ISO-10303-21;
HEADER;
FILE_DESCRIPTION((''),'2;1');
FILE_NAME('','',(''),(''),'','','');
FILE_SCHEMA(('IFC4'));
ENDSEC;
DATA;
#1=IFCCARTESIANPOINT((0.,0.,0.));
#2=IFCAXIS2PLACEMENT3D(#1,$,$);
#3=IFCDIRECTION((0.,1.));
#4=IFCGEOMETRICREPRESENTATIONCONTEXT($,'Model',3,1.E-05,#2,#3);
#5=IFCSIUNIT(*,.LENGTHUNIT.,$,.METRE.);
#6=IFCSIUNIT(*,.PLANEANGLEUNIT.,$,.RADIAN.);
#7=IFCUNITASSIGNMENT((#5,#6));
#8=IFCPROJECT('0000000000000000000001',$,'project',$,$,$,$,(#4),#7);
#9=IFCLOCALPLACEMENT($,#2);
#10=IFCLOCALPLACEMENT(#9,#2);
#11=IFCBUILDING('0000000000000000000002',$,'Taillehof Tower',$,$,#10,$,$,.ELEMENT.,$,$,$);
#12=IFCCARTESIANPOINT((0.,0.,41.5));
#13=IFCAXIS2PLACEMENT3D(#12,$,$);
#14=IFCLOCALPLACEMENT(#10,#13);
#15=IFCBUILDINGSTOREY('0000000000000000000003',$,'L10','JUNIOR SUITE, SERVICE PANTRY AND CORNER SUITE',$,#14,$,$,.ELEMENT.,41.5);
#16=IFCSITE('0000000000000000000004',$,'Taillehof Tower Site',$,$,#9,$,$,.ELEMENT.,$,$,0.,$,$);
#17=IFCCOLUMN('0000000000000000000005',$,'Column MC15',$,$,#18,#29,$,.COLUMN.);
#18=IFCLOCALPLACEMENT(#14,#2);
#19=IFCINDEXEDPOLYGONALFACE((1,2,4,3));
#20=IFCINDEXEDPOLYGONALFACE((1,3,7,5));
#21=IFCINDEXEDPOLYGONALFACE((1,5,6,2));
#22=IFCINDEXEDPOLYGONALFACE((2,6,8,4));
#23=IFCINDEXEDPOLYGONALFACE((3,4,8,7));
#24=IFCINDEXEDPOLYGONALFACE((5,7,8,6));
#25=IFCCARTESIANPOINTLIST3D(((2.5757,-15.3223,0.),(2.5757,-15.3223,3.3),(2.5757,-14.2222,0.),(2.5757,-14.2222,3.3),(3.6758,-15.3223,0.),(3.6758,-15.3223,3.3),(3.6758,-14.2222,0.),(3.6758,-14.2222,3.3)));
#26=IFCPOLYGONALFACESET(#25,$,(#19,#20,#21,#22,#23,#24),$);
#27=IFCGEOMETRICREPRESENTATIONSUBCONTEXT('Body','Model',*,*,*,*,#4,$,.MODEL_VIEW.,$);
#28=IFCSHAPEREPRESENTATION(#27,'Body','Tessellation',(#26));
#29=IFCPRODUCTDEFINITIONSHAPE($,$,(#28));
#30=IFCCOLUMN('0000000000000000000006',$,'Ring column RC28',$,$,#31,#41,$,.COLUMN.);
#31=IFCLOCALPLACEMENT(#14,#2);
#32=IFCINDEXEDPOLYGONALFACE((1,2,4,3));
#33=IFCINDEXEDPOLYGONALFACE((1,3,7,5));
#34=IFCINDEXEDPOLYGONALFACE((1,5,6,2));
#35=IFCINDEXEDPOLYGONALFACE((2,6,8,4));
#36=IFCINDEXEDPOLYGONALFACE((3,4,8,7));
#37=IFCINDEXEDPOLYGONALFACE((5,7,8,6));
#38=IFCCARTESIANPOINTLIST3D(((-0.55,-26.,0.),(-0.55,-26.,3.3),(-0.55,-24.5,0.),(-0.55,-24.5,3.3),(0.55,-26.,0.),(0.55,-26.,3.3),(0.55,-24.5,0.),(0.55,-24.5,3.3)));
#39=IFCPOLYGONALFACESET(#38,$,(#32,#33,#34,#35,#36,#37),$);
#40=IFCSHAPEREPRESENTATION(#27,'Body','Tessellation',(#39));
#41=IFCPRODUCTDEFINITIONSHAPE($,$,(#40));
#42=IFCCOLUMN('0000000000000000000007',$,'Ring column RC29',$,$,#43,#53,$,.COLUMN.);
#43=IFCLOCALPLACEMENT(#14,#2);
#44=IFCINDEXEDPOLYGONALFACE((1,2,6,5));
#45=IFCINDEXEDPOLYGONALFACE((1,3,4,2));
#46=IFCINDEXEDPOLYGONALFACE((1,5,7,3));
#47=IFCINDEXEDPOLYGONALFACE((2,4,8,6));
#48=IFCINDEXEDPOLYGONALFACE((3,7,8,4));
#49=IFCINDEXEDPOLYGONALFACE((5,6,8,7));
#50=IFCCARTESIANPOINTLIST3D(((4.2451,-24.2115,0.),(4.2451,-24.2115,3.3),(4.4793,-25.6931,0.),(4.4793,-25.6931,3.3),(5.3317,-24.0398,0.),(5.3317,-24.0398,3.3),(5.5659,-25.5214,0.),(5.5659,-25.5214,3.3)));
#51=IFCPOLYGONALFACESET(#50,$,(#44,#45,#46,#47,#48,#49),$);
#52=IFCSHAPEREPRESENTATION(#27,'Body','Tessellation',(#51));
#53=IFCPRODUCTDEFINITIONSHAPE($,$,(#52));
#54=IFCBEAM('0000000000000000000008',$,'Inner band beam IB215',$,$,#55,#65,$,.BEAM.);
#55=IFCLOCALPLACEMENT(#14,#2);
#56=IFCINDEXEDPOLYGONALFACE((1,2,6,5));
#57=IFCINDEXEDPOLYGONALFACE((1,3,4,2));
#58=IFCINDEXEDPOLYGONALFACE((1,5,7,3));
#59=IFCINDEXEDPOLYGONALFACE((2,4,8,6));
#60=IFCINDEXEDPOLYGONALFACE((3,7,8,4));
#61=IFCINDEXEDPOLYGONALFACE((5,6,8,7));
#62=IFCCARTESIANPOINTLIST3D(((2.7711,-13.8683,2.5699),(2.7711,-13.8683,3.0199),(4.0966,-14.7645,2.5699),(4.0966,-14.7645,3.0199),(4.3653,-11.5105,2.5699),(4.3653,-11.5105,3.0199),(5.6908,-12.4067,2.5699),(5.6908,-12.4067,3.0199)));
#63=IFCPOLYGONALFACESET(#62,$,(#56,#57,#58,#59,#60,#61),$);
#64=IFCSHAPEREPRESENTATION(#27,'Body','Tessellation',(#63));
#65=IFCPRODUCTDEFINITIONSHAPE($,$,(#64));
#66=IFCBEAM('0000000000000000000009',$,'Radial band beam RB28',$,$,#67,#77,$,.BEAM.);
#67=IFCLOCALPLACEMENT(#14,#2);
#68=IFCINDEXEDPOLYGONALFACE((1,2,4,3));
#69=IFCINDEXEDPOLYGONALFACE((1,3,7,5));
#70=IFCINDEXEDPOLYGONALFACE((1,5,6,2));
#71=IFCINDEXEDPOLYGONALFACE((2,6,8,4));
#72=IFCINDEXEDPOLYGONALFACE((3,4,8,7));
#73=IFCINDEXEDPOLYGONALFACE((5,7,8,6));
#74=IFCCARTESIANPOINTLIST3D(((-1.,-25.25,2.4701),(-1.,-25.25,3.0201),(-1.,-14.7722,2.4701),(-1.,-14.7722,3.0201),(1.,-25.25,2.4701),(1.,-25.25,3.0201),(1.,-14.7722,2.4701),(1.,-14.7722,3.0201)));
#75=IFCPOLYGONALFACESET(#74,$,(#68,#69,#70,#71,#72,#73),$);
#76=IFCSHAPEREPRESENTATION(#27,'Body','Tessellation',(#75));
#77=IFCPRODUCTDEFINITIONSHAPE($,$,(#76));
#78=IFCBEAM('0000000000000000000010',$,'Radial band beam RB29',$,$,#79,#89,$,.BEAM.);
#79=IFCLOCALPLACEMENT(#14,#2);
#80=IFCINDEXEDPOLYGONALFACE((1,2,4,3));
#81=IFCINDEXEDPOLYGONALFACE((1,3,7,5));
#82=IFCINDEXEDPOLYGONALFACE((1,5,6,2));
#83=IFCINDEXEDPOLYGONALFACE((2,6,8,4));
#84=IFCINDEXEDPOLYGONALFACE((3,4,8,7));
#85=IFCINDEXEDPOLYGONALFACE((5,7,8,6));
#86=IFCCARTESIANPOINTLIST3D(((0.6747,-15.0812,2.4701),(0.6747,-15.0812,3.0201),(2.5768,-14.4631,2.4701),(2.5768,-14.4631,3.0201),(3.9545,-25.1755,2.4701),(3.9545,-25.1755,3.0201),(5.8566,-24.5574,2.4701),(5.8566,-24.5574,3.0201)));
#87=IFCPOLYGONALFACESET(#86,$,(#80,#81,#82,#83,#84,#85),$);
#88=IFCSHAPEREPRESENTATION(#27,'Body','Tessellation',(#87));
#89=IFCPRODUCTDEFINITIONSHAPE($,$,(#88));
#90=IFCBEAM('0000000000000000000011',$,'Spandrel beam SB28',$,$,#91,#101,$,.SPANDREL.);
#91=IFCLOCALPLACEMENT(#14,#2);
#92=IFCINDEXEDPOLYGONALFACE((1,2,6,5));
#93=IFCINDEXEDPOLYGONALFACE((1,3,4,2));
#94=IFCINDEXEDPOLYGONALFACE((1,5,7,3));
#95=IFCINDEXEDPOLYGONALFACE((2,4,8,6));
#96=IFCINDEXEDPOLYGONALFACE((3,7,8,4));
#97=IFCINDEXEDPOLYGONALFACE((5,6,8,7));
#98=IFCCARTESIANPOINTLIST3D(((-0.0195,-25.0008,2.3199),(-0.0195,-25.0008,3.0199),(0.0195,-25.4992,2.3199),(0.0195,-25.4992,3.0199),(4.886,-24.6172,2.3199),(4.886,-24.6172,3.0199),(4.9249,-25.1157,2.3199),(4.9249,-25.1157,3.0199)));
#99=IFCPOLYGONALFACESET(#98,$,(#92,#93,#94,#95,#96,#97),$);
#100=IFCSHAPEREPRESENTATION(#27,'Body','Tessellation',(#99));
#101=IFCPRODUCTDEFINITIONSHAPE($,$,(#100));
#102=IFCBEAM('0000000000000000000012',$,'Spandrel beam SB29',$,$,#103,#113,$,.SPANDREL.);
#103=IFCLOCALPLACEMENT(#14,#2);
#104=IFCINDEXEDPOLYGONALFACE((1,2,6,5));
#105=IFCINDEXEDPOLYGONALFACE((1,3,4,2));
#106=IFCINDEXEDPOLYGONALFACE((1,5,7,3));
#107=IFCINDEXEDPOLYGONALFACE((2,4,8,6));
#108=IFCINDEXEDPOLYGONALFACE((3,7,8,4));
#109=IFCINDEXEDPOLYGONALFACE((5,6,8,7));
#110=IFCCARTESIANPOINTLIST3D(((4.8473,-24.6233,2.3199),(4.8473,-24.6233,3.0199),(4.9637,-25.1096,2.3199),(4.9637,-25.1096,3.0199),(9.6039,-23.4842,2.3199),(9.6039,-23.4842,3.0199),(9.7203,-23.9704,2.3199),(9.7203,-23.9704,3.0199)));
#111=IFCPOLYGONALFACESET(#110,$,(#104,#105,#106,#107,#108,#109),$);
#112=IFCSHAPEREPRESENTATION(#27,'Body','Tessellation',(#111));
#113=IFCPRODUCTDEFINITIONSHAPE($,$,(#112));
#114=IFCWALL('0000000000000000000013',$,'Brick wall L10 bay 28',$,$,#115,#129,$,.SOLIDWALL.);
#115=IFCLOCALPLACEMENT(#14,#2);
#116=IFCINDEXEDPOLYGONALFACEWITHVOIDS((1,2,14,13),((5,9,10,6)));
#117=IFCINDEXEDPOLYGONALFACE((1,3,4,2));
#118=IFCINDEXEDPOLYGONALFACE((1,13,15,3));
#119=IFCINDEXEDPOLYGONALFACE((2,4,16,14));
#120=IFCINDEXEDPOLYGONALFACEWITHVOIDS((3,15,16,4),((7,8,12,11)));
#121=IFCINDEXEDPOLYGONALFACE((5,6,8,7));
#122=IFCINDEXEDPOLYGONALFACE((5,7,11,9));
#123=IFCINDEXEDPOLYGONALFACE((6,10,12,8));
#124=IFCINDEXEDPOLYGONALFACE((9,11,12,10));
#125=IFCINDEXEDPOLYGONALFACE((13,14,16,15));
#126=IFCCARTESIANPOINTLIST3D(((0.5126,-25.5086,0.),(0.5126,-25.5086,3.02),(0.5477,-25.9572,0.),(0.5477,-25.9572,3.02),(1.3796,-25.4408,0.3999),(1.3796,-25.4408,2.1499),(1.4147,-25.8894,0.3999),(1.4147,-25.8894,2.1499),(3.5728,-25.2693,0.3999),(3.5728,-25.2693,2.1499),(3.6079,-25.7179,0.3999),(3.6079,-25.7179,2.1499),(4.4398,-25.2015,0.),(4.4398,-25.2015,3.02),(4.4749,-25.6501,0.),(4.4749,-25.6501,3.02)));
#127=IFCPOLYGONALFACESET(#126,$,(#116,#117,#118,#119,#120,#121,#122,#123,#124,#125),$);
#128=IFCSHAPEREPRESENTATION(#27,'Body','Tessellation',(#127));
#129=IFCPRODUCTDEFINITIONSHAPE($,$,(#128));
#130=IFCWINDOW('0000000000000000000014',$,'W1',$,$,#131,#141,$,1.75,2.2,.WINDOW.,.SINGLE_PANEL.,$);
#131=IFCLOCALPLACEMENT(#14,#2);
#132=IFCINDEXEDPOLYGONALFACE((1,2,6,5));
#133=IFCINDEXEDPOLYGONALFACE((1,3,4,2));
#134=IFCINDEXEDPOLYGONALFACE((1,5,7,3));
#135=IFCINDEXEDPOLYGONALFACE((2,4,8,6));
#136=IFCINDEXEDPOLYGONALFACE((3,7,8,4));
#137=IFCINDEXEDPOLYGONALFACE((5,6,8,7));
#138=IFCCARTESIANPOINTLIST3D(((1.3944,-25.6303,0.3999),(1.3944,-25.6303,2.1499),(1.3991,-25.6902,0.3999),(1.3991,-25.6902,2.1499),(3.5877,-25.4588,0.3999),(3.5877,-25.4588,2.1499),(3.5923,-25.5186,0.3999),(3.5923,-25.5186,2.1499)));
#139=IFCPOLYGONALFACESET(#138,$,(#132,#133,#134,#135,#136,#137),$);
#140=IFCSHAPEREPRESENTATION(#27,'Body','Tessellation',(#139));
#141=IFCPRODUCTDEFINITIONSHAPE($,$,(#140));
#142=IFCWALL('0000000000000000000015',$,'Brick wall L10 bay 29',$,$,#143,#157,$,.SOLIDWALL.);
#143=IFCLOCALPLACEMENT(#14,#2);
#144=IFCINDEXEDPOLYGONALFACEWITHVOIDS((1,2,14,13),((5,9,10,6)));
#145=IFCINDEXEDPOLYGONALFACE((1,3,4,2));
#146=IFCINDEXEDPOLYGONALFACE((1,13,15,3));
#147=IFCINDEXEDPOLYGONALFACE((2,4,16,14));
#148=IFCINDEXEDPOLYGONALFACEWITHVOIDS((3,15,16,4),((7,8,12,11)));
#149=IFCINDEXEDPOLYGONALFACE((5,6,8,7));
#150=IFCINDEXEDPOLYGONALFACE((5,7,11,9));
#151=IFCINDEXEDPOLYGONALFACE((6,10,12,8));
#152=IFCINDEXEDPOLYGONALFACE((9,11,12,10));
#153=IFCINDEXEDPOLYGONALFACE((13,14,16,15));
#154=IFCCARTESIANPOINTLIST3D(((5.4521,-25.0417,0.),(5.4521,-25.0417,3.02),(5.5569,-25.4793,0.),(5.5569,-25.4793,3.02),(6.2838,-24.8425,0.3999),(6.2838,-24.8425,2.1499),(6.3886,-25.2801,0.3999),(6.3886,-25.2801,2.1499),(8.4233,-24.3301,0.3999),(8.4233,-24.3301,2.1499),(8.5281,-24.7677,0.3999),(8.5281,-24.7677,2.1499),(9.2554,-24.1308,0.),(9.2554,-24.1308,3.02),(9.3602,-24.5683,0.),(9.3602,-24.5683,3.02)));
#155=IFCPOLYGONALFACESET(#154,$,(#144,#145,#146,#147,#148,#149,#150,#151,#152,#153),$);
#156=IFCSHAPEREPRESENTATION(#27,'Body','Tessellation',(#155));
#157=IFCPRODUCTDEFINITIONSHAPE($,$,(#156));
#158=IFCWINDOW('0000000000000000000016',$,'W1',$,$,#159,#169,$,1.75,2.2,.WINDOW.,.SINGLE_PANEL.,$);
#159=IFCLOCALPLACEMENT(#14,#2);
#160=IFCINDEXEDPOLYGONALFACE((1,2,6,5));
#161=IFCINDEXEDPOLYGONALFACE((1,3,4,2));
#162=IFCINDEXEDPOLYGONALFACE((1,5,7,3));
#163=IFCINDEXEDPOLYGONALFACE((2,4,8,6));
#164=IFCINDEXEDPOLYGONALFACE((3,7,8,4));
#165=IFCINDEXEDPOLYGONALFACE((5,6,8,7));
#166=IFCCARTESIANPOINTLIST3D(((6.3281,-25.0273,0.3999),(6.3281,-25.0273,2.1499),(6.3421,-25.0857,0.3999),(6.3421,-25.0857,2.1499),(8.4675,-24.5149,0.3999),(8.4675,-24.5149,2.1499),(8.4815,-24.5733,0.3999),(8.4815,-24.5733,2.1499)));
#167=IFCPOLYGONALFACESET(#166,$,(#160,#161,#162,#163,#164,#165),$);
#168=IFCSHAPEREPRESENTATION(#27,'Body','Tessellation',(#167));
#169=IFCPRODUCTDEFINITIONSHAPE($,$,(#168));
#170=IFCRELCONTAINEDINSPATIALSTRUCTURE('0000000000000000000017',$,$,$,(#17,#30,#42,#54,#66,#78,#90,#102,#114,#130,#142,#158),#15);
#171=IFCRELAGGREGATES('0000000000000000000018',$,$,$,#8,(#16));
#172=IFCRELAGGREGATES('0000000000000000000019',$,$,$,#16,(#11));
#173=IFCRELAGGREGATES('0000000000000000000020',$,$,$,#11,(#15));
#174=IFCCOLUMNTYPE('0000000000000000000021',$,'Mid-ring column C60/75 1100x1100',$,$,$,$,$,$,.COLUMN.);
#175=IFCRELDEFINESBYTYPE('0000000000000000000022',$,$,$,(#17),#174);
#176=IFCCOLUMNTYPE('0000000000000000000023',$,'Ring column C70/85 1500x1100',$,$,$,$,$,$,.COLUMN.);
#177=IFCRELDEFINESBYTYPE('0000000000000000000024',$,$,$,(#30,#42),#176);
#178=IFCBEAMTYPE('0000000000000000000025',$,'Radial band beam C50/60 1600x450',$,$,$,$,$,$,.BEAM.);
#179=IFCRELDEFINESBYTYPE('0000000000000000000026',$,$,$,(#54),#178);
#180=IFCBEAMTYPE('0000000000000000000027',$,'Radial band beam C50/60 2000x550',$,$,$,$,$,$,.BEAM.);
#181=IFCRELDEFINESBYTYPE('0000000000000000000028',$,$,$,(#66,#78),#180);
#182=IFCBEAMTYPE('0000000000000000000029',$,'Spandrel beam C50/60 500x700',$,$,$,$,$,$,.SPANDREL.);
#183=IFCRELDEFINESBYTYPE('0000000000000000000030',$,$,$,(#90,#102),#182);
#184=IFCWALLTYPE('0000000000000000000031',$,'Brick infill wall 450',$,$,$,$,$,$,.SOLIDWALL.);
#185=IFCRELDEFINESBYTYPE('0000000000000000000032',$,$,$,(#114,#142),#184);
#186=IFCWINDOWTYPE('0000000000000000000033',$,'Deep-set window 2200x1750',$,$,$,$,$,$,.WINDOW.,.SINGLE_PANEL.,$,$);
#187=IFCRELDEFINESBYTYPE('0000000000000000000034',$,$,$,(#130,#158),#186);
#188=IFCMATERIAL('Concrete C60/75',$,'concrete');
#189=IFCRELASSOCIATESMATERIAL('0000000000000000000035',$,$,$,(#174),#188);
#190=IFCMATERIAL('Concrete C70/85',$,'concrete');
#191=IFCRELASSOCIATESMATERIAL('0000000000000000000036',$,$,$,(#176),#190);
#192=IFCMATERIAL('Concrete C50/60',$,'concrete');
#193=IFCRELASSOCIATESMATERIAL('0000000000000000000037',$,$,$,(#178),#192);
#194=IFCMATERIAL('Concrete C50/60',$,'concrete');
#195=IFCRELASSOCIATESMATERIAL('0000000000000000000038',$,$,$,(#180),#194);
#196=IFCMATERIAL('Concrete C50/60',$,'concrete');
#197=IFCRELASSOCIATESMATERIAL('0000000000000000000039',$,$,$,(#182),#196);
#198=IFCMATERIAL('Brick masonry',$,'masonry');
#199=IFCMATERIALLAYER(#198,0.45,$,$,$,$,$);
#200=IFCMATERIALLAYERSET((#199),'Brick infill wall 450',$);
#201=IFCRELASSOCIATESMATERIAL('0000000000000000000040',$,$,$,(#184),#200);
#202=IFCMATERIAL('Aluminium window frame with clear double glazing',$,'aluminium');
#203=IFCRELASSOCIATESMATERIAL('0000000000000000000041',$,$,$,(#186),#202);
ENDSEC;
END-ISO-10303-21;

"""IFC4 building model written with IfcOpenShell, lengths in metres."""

from ifc_helpers import new_model, si_unit, direction, frame, frame_2d, origin, origin_2d, place, context, subcontext, project, spatial, rectangle, extrude, material, layer, layer_set, material_profile, profile_set, type_object, element, fill, save


model = new_model("IFC4")

# Units and contexts
model_context = context("Model", 3, precision=1e-05, world=origin(), true_north=direction((0.0, 1.0)))
body_context = subcontext(model_context, "Body", "Model", "MODEL_VIEW")
ifc_project = project(units=[si_unit("LENGTHUNIT", "METRE"), si_unit("PLANEANGLEUNIT", "RADIAN")], contexts=[model_context])

# Site, building, storey
site_placement = place(None, origin())
site = spatial("IfcSite", under=ifc_project, at=site_placement, Name="Taillehof Tower Site", CompositionType="ELEMENT", RefElevation=0.0)
building_placement = place(site_placement, origin())
building = spatial("IfcBuilding", under=site, at=building_placement, Name="Taillehof Tower", CompositionType="ELEMENT")
storey_placement = place(building_placement, frame((0.0, 0.0, 41.5)))
storey = spatial("IfcBuildingStorey", under=building, at=storey_placement, Name="L10", Description="JUNIOR SUITE, SERVICE PANTRY AND CORNER SUITE", CompositionType="ELEMENT", Elevation=41.5)

# Columns
ifc_material_1 = material(Name="Concrete C60/75", Category="concrete")
ifc_material_profile_1 = material_profile(ifc_material_1, rectangle(XDim=1.1001, YDim=1.1001, at=origin_2d()), Name="RC 1100x1100")
ifc_profile_set_1 = profile_set([ifc_material_profile_1], Name="Concrete C60/75")
column_type_1 = type_object("IfcColumnType", Name="Mid-ring column C60/75 1100x1100", PredefinedType="COLUMN", material=ifc_profile_set_1)
column_placement = place(storey_placement, frame((3.1257, -14.7722, 0.0), z_axis=(0.0, 0.0, 1.0), x_axis=(1.0, 0.0, 0.0)))
element("IfcColumn", 1, at=column_placement, inside=storey, type_object=column_type_1, Name="Column MC15", PredefinedType="COLUMN", context=body_context, shape_type="SweptSolid", body=[
    extrude(rectangle(XDim=1.1001, YDim=1.1001, at=origin_2d()), origin(), (0.0, 0.0, 1.0), 3.3),
])
ifc_material_2 = material(Name="Concrete C70/85", Category="concrete")
ifc_material_profile_2 = material_profile(ifc_material_2, rectangle(XDim=1.5, YDim=1.1001, at=origin_2d()), Name="RC 1500x1100")
ifc_profile_set_2 = profile_set([ifc_material_profile_2], Name="Concrete C70/85")
column_type_2 = type_object("IfcColumnType", Name="Ring column C70/85 1500x1100", PredefinedType="COLUMN", material=ifc_profile_set_2)
for number, where, z_axis, x_axis, name in (
    (2, (0.0, -25.25, 0.0), (0.0, 0.0, 1.0), (0.0, -1.0, 0.0), "Ring column RC28"),
    (3, (4.9055, -24.8665, 0.0), (0.0, 0.0, 1.0), (0.156147, -0.987734, 0.0), "Ring column RC29"),
):
    element("IfcColumn", number, at=place(storey_placement, frame(where, z_axis=z_axis, x_axis=x_axis)), inside=storey, type_object=column_type_2, Name=name, PredefinedType="COLUMN", context=body_context, shape_type="SweptSolid", body=[
        extrude(rectangle(XDim=1.5, YDim=1.1001, at=origin_2d()), origin(), (0.0, 0.0, 1.0), 3.3),
    ])

# Beams
ifc_material_3 = material(Name="Concrete C50/60", Category="concrete")
ifc_material_profile_3 = material_profile(ifc_material_3, rectangle(XDim=1.6001, YDim=0.45, at=origin_2d()), Name="RC 1600x450")
ifc_profile_set_3 = profile_set([ifc_material_profile_3], Name="Concrete C50/60")
beam_type_1 = type_object("IfcBeamType", Name="Radial band beam C50/60 1600x450", PredefinedType="BEAM", material=ifc_profile_set_3)
beam_1_placement = place(storey_placement, frame((3.4338, -14.3164, 2.7949), z_axis=(0.560112, 0.828417, 0.0), x_axis=(-0.828417, 0.560112, 0.0)))
element("IfcBeam", 4, at=beam_1_placement, inside=storey, type_object=beam_type_1, Name="Inner band beam IB215", PredefinedType="BEAM", context=body_context, shape_type="SweptSolid", body=[
    extrude(rectangle(XDim=1.6001, YDim=0.45, at=origin_2d()), origin(), (0.0, 0.0, 1.0), 2.8462),
])
ifc_material_4 = material(Name="Concrete C50/60", Category="concrete")
ifc_material_profile_4 = material_profile(ifc_material_4, rectangle(XDim=2.0, YDim=0.55, at=origin_2d()), Name="RC 2000x550")
ifc_profile_set_4 = profile_set([ifc_material_profile_4], Name="Concrete C50/60")
beam_type_2 = type_object("IfcBeamType", Name="Radial band beam C50/60 2000x550", PredefinedType="BEAM", material=ifc_profile_set_4)
beam_2_placement = place(storey_placement, frame((0.0, -25.25, 2.7451), z_axis=(0.0, 1.0, 0.0), x_axis=(-1.0, 0.0, 0.0)))
element("IfcBeam", 5, at=beam_2_placement, inside=storey, type_object=beam_type_2, Name="Radial band beam RB28", PredefinedType="BEAM", context=body_context, shape_type="SweptSolid", body=[
    extrude(rectangle(XDim=2.0, YDim=0.55, at=origin_2d()), origin(), (0.0, 0.0, 1.0), 10.4778),
])
beam_3_placement = place(storey_placement, frame((4.9055, -24.8665, 2.7451), z_axis=(-0.309014, 0.951057, 0.0), x_axis=(-0.951057, -0.309014, 0.0)))
element("IfcBeam", 6, at=beam_3_placement, inside=storey, type_object=beam_type_2, Name="Radial band beam RB29", PredefinedType="BEAM", context=body_context, shape_type="SweptSolid", body=[
    extrude(rectangle(XDim=2.0, YDim=0.55, at=origin_2d()), origin(), (0.0, 0.0, 1.0), 10.6138),
])
ifc_material_5 = material(Name="Concrete C50/60", Category="concrete")
ifc_material_profile_5 = material_profile(ifc_material_5, rectangle(XDim=0.5, YDim=0.7, at=origin_2d()), Name="RC 500x700")
ifc_profile_set_5 = profile_set([ifc_material_profile_5], Name="Concrete C50/60")
beam_type_3 = type_object("IfcBeamType", Name="Spandrel beam C50/60 500x700", PredefinedType="SPANDREL", material=ifc_profile_set_5)
beam_4_placement = place(storey_placement, frame((0.0, -25.25, 2.6699), z_axis=(0.996957, 0.077949, 0.0), x_axis=(-0.077949, 0.996957, 0.0)))
element("IfcBeam", 7, at=beam_4_placement, inside=storey, type_object=beam_type_3, Name="Spandrel beam SB28", PredefinedType="SPANDREL", context=body_context, shape_type="SweptSolid", body=[
    extrude(rectangle(XDim=0.5, YDim=0.7, at=origin_2d()), origin(), (0.0, 0.0, 1.0), 4.9204),
])
beam_5_placement = place(storey_placement, frame((4.9055, -24.8665, 2.6699), z_axis=(0.9725, 0.232905, 0.0), x_axis=(-0.232905, 0.9725, 0.0)))
element("IfcBeam", 8, at=beam_5_placement, inside=storey, type_object=beam_type_3, Name="Spandrel beam SB29", PredefinedType="SPANDREL", context=body_context, shape_type="SweptSolid", body=[
    extrude(rectangle(XDim=0.5, YDim=0.7, at=origin_2d()), origin(), (0.0, 0.0, 1.0), 4.8911),
])

# Walls, openings, windows
ifc_material_6 = material(Name="Brick masonry", Category="masonry")
ifc_layer_1 = layer(ifc_material_6, 0.45)
ifc_layer_set_1 = layer_set([ifc_layer_1], Name="Brick infill wall 450")
wall_type_1 = type_object("IfcWallType", Name="Brick infill wall 450", PredefinedType="SOLIDWALL", material=ifc_layer_set_1)
wall_1_placement = place(storey_placement, frame((0.53, -25.7329, 0.0), z_axis=(0.0, 0.0, 1.0), x_axis=(0.996956, 0.077967, 0.0)))
wall_1 = element("IfcWall", 9, at=wall_1_placement, inside=storey, type_object=wall_type_1, Name="Brick wall L10 bay 28", PredefinedType="SOLIDWALL", context=body_context, shape_type="SweptSolid", body=[
    extrude(rectangle(XDim=3.9392, YDim=0.45, at=frame_2d((1.9697, 0.0))), origin(), (0.0, 0.0, 1.0), 3.02),
])
opening_1_placement = place(wall_1_placement, frame((0.8696, 0.0, 0.3999)))
opening_1 = element("IfcOpeningElement", 10, at=opening_1_placement, cuts=wall_1, PredefinedType="OPENING", context=body_context, shape_type="SweptSolid", body=[
    extrude(rectangle(XDim=2.2, YDim=1.75, at=frame_2d((1.1001, 0.875))), frame((0.0, 0.2349, 0.0), z_axis=(0.0, -1.0, 0.0), x_axis=(1.0, 0.0, 0.0)), (0.0, 0.0, 1.0), 0.47),
])
ifc_material_7 = material(Name="Aluminium window frame with clear double glazing", Category="aluminium")
window_type = type_object("IfcWindowType", Name="Deep-set window 2200x1750", PartitioningType="SINGLE_PANEL", PredefinedType="WINDOW", material=ifc_material_7)
window_1_placement = place(opening_1_placement, origin())
window_1 = element("IfcWindow", 11, at=window_1_placement, inside=storey, type_object=window_type, Name="W1", OverallHeight=1.75, OverallWidth=2.2, PartitioningType="SINGLE_PANEL", PredefinedType="WINDOW", context=body_context, shape_type="SweptSolid", body=[
    extrude(rectangle(XDim=2.2, YDim=1.75, at=frame_2d((1.1001, 0.875))), frame((0.0, 0.0349, 0.0), z_axis=(0.0, -1.0, 0.0), x_axis=(1.0, 0.0, 0.0)), (0.0, 0.0, 1.0), 0.0601),
])
fill(opening_1, window_1)
wall_2_placement = place(storey_placement, frame((5.5044, -25.2605, 0.0), z_axis=(0.0, 0.0, 1.0), x_axis=(0.972497, 0.232917, 0.0)))
wall_2 = element("IfcWall", 12, at=wall_2_placement, inside=storey, type_object=wall_type_1, Name="Brick wall L10 bay 29", PredefinedType="SOLIDWALL", context=body_context, shape_type="SweptSolid", body=[
    extrude(rectangle(XDim=3.9109, YDim=0.45, at=frame_2d((1.9556, 0.0))), origin(), (0.0, 0.0, 1.0), 3.02),
])
opening_2_placement = place(wall_2_placement, frame((0.8552, 0.0, 0.3999)))
opening_2 = element("IfcOpeningElement", 13, at=opening_2_placement, cuts=wall_2, PredefinedType="OPENING", context=body_context, shape_type="SweptSolid", body=[
    extrude(rectangle(XDim=2.2, YDim=1.75, at=frame_2d((1.1001, 0.875))), frame((0.0, 0.2349, 0.0), z_axis=(0.0, -1.0, 0.0), x_axis=(1.0, 0.0, 0.0)), (0.0, 0.0, 1.0), 0.47),
])
window_2_placement = place(opening_2_placement, origin())
window_2 = element("IfcWindow", 14, at=window_2_placement, inside=storey, type_object=window_type, Name="W1", OverallHeight=1.75, OverallWidth=2.2, PartitioningType="SINGLE_PANEL", PredefinedType="WINDOW", context=body_context, shape_type="SweptSolid", body=[
    extrude(rectangle(XDim=2.2, YDim=1.75, at=frame_2d((1.1001, 0.875))), frame((0.0, 0.0349, 0.0), z_axis=(0.0, -1.0, 0.0), x_axis=(1.0, 0.0, 0.0)), (0.0, 0.0, 1.0), 0.0601),
])
fill(opening_2, window_2)

save(model, "model.ifc")
